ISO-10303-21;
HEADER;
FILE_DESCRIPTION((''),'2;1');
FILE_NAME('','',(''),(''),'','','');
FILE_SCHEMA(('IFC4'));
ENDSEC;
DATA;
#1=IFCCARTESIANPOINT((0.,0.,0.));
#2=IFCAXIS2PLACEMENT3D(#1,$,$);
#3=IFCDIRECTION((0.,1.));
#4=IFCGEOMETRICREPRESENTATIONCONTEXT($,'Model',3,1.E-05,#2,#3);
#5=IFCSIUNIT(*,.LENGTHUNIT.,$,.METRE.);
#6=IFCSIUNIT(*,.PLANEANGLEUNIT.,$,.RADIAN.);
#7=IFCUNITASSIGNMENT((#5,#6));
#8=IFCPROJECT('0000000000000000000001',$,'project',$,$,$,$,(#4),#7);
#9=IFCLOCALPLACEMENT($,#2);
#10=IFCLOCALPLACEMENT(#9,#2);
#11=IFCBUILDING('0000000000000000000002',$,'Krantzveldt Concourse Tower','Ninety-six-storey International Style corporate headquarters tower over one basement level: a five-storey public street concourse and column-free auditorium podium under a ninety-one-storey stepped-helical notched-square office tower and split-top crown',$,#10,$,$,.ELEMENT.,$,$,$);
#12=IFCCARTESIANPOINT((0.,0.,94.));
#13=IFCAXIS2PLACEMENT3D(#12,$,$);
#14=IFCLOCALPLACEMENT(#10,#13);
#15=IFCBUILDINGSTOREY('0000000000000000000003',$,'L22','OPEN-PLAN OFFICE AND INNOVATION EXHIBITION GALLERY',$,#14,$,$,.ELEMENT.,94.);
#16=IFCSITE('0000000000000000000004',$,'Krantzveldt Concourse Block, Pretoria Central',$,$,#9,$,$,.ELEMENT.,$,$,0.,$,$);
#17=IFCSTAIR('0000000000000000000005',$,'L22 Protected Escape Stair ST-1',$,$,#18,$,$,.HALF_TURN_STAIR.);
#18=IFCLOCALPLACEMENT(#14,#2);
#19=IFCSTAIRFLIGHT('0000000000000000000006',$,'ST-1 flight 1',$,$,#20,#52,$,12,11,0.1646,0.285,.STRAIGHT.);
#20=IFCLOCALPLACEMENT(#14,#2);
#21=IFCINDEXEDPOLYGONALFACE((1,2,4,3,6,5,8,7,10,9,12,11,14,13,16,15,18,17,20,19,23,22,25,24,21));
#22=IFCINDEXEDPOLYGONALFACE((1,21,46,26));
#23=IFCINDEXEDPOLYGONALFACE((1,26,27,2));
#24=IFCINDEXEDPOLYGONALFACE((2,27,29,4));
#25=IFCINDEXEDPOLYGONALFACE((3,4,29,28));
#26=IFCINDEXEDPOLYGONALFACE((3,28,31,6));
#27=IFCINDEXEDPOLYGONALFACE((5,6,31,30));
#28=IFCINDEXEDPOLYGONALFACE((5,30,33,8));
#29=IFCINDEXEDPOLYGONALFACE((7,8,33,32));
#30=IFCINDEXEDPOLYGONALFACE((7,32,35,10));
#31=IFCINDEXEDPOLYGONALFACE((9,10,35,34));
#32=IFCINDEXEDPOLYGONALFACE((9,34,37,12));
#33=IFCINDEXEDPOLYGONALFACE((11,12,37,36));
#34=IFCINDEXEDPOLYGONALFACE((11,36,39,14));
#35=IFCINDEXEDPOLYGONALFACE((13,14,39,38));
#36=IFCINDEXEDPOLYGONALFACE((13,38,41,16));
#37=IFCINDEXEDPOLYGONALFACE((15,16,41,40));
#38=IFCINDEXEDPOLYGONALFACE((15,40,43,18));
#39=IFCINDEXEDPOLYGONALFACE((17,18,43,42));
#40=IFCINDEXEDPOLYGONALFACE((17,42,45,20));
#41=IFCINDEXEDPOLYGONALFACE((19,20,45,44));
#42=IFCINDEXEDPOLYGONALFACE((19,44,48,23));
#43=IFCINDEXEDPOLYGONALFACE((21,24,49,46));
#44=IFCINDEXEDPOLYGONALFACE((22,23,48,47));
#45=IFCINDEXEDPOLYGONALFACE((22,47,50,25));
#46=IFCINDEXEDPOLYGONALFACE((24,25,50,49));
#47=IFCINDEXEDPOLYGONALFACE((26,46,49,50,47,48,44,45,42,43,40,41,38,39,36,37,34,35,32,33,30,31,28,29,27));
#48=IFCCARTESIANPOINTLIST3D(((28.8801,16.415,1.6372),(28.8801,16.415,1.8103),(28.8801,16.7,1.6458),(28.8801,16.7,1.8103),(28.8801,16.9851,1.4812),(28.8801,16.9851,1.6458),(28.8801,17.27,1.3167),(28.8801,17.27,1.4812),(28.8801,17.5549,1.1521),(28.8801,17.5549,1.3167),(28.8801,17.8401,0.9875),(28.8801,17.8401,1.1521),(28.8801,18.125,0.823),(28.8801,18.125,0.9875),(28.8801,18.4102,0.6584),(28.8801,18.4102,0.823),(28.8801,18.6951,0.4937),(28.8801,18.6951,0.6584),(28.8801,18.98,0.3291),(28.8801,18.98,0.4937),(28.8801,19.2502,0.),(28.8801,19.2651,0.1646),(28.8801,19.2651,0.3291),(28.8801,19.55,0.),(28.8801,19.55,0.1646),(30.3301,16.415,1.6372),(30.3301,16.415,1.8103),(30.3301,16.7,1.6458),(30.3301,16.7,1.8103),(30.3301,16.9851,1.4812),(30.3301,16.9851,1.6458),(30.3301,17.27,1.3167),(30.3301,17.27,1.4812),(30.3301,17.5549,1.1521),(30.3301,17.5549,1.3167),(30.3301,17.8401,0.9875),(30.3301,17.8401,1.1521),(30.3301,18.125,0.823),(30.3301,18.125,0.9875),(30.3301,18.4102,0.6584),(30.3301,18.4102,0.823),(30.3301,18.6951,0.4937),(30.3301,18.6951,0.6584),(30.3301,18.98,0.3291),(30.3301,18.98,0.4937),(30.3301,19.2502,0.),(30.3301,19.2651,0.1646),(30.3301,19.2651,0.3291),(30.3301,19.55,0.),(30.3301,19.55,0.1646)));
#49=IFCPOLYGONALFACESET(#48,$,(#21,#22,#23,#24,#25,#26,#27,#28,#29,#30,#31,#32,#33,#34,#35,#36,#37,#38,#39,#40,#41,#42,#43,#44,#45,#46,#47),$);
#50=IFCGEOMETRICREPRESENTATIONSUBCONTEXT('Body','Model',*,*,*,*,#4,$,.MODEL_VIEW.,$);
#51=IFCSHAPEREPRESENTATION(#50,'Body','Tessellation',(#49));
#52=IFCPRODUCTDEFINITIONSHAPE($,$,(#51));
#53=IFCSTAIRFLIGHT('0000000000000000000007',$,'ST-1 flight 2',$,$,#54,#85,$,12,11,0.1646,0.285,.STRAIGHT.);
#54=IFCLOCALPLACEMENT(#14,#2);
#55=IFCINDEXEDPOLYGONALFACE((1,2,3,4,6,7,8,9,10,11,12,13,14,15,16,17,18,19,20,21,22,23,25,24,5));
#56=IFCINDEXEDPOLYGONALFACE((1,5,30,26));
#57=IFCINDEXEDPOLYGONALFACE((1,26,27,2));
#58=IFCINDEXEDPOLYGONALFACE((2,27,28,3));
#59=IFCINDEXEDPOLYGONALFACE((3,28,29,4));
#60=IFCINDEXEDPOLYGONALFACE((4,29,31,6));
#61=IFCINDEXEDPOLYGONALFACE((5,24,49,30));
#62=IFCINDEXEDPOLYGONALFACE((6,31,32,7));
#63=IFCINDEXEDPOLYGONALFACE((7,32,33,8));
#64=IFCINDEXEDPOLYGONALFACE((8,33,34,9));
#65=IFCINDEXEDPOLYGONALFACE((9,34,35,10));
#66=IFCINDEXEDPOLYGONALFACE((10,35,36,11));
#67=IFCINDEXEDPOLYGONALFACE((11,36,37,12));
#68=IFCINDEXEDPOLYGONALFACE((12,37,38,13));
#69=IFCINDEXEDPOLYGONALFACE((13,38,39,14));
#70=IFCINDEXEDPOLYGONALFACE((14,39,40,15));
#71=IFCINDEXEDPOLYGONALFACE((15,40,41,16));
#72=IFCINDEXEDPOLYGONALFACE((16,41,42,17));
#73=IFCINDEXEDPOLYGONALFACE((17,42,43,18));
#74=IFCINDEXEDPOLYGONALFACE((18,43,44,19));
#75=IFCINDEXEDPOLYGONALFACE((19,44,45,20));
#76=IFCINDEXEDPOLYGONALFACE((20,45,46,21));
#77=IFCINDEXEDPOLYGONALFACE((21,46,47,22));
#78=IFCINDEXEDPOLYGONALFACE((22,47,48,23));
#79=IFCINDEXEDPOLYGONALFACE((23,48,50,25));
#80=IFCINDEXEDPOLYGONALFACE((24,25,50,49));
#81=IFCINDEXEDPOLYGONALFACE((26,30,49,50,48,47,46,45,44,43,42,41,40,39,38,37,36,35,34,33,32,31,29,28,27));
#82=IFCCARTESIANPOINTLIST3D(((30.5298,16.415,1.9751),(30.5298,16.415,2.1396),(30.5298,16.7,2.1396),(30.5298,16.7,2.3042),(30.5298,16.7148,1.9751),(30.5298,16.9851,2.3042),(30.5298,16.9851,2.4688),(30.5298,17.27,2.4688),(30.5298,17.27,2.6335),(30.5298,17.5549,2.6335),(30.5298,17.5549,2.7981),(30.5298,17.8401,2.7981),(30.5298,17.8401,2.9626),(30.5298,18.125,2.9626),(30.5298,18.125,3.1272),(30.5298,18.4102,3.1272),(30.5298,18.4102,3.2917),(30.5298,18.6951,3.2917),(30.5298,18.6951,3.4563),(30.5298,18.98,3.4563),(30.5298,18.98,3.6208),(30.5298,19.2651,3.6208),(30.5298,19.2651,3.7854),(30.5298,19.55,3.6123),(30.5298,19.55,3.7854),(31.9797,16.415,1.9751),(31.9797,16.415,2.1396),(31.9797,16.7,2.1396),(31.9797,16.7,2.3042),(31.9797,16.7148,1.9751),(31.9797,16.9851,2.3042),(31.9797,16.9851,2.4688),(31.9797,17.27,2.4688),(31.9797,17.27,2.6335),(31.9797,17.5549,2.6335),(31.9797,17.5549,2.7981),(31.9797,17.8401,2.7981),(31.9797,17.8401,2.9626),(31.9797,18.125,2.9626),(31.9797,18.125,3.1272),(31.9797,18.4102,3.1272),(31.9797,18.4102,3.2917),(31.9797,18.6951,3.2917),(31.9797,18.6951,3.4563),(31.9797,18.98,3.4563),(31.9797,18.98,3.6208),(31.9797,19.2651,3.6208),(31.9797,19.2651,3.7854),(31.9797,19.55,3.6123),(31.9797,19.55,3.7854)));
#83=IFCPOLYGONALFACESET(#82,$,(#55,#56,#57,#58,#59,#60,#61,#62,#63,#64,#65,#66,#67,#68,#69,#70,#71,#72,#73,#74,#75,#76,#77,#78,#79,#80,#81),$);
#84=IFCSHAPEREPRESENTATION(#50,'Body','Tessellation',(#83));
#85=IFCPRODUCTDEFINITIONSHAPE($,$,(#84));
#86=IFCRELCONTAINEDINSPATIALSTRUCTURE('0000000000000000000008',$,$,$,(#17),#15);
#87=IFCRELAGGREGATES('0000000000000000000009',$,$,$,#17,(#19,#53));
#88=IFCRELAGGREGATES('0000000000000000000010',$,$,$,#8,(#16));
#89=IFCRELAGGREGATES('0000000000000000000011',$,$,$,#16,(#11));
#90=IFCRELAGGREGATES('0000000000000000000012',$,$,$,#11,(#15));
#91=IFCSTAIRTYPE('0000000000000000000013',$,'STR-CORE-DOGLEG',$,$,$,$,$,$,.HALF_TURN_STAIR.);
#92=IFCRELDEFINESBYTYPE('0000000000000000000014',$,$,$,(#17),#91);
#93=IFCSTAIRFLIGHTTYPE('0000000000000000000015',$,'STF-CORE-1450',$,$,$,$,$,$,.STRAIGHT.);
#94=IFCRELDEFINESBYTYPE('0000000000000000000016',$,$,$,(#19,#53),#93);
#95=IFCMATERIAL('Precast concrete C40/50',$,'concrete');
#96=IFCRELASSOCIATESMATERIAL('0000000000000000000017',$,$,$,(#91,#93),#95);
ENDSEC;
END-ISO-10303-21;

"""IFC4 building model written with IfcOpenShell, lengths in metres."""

from ifc_helpers import new_model, si_unit, direction, frame, origin, place, context, subcontext, project, spatial, polyline, outline, extrude, material, type_object, element, aggregate, save


model = new_model("IFC4")

# Units and contexts
model_context = context("Model", 3, precision=1e-05, world=origin(), true_north=direction((0.0, 1.0)))
body_context = subcontext(model_context, "Body", "Model", "MODEL_VIEW")
ifc_project = project(units=[si_unit("LENGTHUNIT", "METRE"), si_unit("PLANEANGLEUNIT", "RADIAN")], contexts=[model_context])

# Site, building, storey
site_placement = place(None, origin())
site = spatial("IfcSite", under=ifc_project, at=site_placement, Name="Krantzveldt Concourse Block, Pretoria Central", CompositionType="ELEMENT", RefElevation=0.0)
building_placement = place(site_placement, origin())
building = spatial("IfcBuilding", under=site, at=building_placement, Name="Krantzveldt Concourse Tower", Description="Ninety-six-storey International Style corporate headquarters tower over one basement level: a five-storey public street concourse and column-free auditorium podium under a ninety-one-storey stepped-helical notched-square office tower and split-top crown", CompositionType="ELEMENT")
storey_placement = place(building_placement, frame((0.0, 0.0, 94.0)))
storey = spatial("IfcBuildingStorey", under=building, at=storey_placement, Name="L22", Description="OPEN-PLAN OFFICE AND INNOVATION EXHIBITION GALLERY", CompositionType="ELEMENT", Elevation=94.0)

# Stair, stair flights
ifc_material_1 = material(Name="Precast concrete C40/50", Category="concrete")
stair_type = type_object("IfcStairType", Name="STR-CORE-DOGLEG", PredefinedType="HALF_TURN_STAIR", material=ifc_material_1)
stair_placement = place(storey_placement, origin())
stair = element("IfcStair", 1, at=stair_placement, inside=storey, type_object=stair_type, Name="L22 Protected Escape Stair ST-1", PredefinedType="HALF_TURN_STAIR")
stair_flight_type = type_object("IfcStairFlightType", Name="STF-CORE-1450", PredefinedType="STRAIGHT", material=ifc_material_1)
stair_flight_1_placement = place(storey_placement, frame((29.605, 19.55, 0.0), z_axis=(0.0, 0.0, 1.0), x_axis=(0.0, -1.0, 0.0)))
stair_flight_1 = element("IfcStairFlight", 2, at=stair_flight_1_placement, type_object=stair_flight_type, Name="ST-1 flight 1", NumberOfRisers=12, NumberOfTreads=11, PredefinedType="STRAIGHT", RiserHeight=0.1646, TreadLength=0.285, context=body_context, shape_type="SweptSolid", body=[
    extrude(outline(polyline([(0.0, 0.0), (0.0, 0.1646), (0.2849, 0.1646), (0.2849, 0.3291), (0.5701, 0.3291), (0.5701, 0.4937), (0.855, 0.4937), (0.855, 0.6584), (1.1399, 0.6584), (1.1399, 0.823), (1.425, 0.823), (1.425, 0.9875), (1.71, 0.9875), (1.71, 1.1521), (1.9951, 1.1521), (1.9951, 1.3167), (2.28, 1.3167), (2.28, 1.4812), (2.5649, 1.4812), (2.5649, 1.6458), (2.8501, 1.6458), (2.8501, 1.8103), (3.135, 1.8103), (3.135, 1.9751), (3.135, 1.6372), (0.2998, 0.0), (0.0, 0.0)])), frame((0.0, 0.7251, 0.0), z_axis=(0.0, -1.0, 0.0), x_axis=(1.0, 0.0, 0.0)), (0.0, 0.0, 1.0), 1.45),
])
stair_flight_2_placement = place(storey_placement, frame((31.2549, 16.415, 1.9751), z_axis=(0.0, 0.0, 1.0), x_axis=(0.0, 1.0, 0.0)))
stair_flight_2 = element("IfcStairFlight", 3, at=stair_flight_2_placement, type_object=stair_flight_type, Name="ST-1 flight 2", NumberOfRisers=12, NumberOfTreads=11, PredefinedType="STRAIGHT", RiserHeight=0.1646, TreadLength=0.285, context=body_context, shape_type="SweptSolid", body=[
    extrude(outline(polyline([(0.0, 0.0), (0.0, 0.1646), (0.2849, 0.1646), (0.2849, 0.3291), (0.5701, 0.3291), (0.5701, 0.4937), (0.855, 0.4937), (0.855, 0.6584), (1.1399, 0.6584), (1.1399, 0.823), (1.425, 0.823), (1.425, 0.9875), (1.71, 0.9875), (1.71, 1.1521), (1.9951, 1.1521), (1.9951, 1.3167), (2.28, 1.3167), (2.28, 1.4812), (2.5649, 1.4812), (2.5649, 1.6458), (2.8501, 1.6458), (2.8501, 1.8103), (3.135, 1.8103), (3.135, 1.9751), (3.135, 1.6372), (0.2998, 0.0), (0.0, 0.0)])), frame((0.0, 0.7251, 0.0), z_axis=(0.0, -1.0, 0.0), x_axis=(1.0, 0.0, 0.0)), (0.0, 0.0, 1.0), 1.45),
])
aggregate(stair, [stair_flight_1, stair_flight_2])

save(model, "model.ifc")
